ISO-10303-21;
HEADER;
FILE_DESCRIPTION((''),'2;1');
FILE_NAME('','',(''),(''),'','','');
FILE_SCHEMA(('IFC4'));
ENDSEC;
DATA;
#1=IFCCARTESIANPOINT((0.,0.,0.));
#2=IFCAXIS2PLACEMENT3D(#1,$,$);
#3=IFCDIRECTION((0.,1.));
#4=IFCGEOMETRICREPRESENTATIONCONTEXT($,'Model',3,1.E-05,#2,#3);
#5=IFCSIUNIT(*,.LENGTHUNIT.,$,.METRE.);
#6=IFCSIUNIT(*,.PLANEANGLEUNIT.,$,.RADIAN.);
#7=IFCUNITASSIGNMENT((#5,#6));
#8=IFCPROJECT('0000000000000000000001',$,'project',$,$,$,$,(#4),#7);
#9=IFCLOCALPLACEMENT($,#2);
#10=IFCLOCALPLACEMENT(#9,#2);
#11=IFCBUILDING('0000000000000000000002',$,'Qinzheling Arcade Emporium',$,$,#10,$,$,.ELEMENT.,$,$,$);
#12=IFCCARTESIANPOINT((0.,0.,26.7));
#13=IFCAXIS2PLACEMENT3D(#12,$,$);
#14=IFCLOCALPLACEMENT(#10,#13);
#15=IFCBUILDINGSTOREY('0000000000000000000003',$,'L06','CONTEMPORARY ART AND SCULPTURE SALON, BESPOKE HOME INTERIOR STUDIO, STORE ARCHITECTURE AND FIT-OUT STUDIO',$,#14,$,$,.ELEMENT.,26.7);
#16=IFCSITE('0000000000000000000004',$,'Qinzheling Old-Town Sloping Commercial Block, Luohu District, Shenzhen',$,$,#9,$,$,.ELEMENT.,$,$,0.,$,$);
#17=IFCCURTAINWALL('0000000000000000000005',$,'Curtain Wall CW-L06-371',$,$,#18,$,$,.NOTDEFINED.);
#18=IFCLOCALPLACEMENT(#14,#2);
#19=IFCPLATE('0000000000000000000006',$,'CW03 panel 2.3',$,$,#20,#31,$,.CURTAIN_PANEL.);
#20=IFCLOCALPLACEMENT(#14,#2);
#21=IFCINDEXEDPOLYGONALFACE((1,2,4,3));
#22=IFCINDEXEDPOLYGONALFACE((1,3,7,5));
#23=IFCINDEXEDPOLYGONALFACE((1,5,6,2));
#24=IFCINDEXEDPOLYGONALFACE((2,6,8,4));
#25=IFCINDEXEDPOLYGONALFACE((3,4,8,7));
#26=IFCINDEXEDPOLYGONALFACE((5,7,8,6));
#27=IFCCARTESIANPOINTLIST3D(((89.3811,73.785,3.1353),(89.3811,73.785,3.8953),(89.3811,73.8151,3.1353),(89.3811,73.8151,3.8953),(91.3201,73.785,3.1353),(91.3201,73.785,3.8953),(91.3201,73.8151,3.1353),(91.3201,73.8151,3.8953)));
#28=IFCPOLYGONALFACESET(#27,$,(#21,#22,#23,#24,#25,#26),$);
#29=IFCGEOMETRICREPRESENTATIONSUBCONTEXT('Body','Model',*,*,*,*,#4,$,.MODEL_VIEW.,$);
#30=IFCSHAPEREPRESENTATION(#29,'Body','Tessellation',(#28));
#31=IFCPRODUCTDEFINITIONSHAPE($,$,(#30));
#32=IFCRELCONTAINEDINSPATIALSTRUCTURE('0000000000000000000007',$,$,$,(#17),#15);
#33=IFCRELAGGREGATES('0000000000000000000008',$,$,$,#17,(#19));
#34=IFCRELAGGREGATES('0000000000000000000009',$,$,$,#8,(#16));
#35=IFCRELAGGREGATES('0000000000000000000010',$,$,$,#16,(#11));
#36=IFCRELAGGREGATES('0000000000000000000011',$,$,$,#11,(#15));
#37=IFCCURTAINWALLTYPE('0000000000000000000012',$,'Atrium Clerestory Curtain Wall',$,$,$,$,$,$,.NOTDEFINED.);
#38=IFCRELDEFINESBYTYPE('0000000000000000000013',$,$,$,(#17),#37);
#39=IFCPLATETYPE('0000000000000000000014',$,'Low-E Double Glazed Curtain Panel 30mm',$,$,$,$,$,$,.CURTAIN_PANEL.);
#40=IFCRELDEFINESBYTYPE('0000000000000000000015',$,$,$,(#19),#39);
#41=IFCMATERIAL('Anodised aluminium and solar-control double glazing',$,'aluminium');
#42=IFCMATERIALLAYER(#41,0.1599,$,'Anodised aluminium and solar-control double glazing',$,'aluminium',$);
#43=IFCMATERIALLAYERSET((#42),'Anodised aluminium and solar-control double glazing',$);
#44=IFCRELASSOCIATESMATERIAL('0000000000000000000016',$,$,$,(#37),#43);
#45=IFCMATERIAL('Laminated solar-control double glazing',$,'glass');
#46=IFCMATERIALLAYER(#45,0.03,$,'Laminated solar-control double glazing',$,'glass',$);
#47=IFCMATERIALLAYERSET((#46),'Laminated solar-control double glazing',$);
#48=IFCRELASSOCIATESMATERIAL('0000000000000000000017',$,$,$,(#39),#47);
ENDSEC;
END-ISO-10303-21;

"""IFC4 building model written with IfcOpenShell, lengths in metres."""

from ifc_helpers import new_model, si_unit, direction, frame, origin, origin_2d, place, context, subcontext, project, spatial, rectangle, extrude, material, layer, layer_set, type_object, element, aggregate, save


model = new_model("IFC4")

# Units and contexts
model_context = context("Model", 3, precision=1e-05, world=origin(), true_north=direction((0.0, 1.0)))
body_context = subcontext(model_context, "Body", "Model", "MODEL_VIEW")
ifc_project = project(units=[si_unit("LENGTHUNIT", "METRE"), si_unit("PLANEANGLEUNIT", "RADIAN")], contexts=[model_context])

# Site, building, storey
site_placement = place(None, origin())
site = spatial("IfcSite", under=ifc_project, at=site_placement, Name="Qinzheling Old-Town Sloping Commercial Block, Luohu District, Shenzhen", CompositionType="ELEMENT", RefElevation=0.0)
building_placement = place(site_placement, origin())
building = spatial("IfcBuilding", under=site, at=building_placement, Name="Qinzheling Arcade Emporium", CompositionType="ELEMENT")
storey_placement = place(building_placement, frame((0.0, 0.0, 26.7)))
storey = spatial("IfcBuildingStorey", under=building, at=storey_placement, Name="L06", Description="CONTEMPORARY ART AND SCULPTURE SALON, BESPOKE HOME INTERIOR STUDIO, STORE ARCHITECTURE AND FIT-OUT STUDIO", CompositionType="ELEMENT", Elevation=26.7)

# Shared definitions
ifc_material_1 = material(Name="Anodised aluminium and solar-control double glazing", Category="aluminium")
ifc_layer_1 = layer(ifc_material_1, 0.1599, Name="Anodised aluminium and solar-control double glazing", Category="aluminium")
ifc_layer_set_1 = layer_set([ifc_layer_1], Name="Anodised aluminium and solar-control double glazing")
curtain_wall_type = type_object("IfcCurtainWallType", Name="Atrium Clerestory Curtain Wall", PredefinedType="NOTDEFINED", material=ifc_layer_set_1)

# Curtain wall
curtain_wall_1_placement = place(storey_placement, origin())
curtain_wall_1 = element("IfcCurtainWall", 1, at=curtain_wall_1_placement, inside=storey, type_object=curtain_wall_type, Name="Curtain Wall CW-L06-371", PredefinedType="NOTDEFINED")

# Plate
ifc_material_2 = material(Name="Laminated solar-control double glazing", Category="glass")
ifc_layer_2 = layer(ifc_material_2, 0.03, Name="Laminated solar-control double glazing", Category="glass")
ifc_layer_set_2 = layer_set([ifc_layer_2], Name="Laminated solar-control double glazing")
plate_type_1 = type_object("IfcPlateType", Name="Low-E Double Glazed Curtain Panel 30mm", PredefinedType="CURTAIN_PANEL", material=ifc_layer_set_2)
plate_1_placement = place(storey_placement, frame((90.3506, 73.8, 3.1353), z_axis=(0.0, 0.0, 1.0), x_axis=(1.0, 0.0, 0.0)))
plate_1 = element("IfcPlate", 2, at=plate_1_placement, type_object=plate_type_1, Name="CW03 panel 2.3", PredefinedType="CURTAIN_PANEL", context=body_context, shape_type="SweptSolid", body=[
    extrude(rectangle(XDim=1.939, YDim=0.03, at=origin_2d()), origin(), (0.0, 0.0, 1.0), 0.76),
])
aggregate(curtain_wall_1, [plate_1])

save(model, "model.ifc")
